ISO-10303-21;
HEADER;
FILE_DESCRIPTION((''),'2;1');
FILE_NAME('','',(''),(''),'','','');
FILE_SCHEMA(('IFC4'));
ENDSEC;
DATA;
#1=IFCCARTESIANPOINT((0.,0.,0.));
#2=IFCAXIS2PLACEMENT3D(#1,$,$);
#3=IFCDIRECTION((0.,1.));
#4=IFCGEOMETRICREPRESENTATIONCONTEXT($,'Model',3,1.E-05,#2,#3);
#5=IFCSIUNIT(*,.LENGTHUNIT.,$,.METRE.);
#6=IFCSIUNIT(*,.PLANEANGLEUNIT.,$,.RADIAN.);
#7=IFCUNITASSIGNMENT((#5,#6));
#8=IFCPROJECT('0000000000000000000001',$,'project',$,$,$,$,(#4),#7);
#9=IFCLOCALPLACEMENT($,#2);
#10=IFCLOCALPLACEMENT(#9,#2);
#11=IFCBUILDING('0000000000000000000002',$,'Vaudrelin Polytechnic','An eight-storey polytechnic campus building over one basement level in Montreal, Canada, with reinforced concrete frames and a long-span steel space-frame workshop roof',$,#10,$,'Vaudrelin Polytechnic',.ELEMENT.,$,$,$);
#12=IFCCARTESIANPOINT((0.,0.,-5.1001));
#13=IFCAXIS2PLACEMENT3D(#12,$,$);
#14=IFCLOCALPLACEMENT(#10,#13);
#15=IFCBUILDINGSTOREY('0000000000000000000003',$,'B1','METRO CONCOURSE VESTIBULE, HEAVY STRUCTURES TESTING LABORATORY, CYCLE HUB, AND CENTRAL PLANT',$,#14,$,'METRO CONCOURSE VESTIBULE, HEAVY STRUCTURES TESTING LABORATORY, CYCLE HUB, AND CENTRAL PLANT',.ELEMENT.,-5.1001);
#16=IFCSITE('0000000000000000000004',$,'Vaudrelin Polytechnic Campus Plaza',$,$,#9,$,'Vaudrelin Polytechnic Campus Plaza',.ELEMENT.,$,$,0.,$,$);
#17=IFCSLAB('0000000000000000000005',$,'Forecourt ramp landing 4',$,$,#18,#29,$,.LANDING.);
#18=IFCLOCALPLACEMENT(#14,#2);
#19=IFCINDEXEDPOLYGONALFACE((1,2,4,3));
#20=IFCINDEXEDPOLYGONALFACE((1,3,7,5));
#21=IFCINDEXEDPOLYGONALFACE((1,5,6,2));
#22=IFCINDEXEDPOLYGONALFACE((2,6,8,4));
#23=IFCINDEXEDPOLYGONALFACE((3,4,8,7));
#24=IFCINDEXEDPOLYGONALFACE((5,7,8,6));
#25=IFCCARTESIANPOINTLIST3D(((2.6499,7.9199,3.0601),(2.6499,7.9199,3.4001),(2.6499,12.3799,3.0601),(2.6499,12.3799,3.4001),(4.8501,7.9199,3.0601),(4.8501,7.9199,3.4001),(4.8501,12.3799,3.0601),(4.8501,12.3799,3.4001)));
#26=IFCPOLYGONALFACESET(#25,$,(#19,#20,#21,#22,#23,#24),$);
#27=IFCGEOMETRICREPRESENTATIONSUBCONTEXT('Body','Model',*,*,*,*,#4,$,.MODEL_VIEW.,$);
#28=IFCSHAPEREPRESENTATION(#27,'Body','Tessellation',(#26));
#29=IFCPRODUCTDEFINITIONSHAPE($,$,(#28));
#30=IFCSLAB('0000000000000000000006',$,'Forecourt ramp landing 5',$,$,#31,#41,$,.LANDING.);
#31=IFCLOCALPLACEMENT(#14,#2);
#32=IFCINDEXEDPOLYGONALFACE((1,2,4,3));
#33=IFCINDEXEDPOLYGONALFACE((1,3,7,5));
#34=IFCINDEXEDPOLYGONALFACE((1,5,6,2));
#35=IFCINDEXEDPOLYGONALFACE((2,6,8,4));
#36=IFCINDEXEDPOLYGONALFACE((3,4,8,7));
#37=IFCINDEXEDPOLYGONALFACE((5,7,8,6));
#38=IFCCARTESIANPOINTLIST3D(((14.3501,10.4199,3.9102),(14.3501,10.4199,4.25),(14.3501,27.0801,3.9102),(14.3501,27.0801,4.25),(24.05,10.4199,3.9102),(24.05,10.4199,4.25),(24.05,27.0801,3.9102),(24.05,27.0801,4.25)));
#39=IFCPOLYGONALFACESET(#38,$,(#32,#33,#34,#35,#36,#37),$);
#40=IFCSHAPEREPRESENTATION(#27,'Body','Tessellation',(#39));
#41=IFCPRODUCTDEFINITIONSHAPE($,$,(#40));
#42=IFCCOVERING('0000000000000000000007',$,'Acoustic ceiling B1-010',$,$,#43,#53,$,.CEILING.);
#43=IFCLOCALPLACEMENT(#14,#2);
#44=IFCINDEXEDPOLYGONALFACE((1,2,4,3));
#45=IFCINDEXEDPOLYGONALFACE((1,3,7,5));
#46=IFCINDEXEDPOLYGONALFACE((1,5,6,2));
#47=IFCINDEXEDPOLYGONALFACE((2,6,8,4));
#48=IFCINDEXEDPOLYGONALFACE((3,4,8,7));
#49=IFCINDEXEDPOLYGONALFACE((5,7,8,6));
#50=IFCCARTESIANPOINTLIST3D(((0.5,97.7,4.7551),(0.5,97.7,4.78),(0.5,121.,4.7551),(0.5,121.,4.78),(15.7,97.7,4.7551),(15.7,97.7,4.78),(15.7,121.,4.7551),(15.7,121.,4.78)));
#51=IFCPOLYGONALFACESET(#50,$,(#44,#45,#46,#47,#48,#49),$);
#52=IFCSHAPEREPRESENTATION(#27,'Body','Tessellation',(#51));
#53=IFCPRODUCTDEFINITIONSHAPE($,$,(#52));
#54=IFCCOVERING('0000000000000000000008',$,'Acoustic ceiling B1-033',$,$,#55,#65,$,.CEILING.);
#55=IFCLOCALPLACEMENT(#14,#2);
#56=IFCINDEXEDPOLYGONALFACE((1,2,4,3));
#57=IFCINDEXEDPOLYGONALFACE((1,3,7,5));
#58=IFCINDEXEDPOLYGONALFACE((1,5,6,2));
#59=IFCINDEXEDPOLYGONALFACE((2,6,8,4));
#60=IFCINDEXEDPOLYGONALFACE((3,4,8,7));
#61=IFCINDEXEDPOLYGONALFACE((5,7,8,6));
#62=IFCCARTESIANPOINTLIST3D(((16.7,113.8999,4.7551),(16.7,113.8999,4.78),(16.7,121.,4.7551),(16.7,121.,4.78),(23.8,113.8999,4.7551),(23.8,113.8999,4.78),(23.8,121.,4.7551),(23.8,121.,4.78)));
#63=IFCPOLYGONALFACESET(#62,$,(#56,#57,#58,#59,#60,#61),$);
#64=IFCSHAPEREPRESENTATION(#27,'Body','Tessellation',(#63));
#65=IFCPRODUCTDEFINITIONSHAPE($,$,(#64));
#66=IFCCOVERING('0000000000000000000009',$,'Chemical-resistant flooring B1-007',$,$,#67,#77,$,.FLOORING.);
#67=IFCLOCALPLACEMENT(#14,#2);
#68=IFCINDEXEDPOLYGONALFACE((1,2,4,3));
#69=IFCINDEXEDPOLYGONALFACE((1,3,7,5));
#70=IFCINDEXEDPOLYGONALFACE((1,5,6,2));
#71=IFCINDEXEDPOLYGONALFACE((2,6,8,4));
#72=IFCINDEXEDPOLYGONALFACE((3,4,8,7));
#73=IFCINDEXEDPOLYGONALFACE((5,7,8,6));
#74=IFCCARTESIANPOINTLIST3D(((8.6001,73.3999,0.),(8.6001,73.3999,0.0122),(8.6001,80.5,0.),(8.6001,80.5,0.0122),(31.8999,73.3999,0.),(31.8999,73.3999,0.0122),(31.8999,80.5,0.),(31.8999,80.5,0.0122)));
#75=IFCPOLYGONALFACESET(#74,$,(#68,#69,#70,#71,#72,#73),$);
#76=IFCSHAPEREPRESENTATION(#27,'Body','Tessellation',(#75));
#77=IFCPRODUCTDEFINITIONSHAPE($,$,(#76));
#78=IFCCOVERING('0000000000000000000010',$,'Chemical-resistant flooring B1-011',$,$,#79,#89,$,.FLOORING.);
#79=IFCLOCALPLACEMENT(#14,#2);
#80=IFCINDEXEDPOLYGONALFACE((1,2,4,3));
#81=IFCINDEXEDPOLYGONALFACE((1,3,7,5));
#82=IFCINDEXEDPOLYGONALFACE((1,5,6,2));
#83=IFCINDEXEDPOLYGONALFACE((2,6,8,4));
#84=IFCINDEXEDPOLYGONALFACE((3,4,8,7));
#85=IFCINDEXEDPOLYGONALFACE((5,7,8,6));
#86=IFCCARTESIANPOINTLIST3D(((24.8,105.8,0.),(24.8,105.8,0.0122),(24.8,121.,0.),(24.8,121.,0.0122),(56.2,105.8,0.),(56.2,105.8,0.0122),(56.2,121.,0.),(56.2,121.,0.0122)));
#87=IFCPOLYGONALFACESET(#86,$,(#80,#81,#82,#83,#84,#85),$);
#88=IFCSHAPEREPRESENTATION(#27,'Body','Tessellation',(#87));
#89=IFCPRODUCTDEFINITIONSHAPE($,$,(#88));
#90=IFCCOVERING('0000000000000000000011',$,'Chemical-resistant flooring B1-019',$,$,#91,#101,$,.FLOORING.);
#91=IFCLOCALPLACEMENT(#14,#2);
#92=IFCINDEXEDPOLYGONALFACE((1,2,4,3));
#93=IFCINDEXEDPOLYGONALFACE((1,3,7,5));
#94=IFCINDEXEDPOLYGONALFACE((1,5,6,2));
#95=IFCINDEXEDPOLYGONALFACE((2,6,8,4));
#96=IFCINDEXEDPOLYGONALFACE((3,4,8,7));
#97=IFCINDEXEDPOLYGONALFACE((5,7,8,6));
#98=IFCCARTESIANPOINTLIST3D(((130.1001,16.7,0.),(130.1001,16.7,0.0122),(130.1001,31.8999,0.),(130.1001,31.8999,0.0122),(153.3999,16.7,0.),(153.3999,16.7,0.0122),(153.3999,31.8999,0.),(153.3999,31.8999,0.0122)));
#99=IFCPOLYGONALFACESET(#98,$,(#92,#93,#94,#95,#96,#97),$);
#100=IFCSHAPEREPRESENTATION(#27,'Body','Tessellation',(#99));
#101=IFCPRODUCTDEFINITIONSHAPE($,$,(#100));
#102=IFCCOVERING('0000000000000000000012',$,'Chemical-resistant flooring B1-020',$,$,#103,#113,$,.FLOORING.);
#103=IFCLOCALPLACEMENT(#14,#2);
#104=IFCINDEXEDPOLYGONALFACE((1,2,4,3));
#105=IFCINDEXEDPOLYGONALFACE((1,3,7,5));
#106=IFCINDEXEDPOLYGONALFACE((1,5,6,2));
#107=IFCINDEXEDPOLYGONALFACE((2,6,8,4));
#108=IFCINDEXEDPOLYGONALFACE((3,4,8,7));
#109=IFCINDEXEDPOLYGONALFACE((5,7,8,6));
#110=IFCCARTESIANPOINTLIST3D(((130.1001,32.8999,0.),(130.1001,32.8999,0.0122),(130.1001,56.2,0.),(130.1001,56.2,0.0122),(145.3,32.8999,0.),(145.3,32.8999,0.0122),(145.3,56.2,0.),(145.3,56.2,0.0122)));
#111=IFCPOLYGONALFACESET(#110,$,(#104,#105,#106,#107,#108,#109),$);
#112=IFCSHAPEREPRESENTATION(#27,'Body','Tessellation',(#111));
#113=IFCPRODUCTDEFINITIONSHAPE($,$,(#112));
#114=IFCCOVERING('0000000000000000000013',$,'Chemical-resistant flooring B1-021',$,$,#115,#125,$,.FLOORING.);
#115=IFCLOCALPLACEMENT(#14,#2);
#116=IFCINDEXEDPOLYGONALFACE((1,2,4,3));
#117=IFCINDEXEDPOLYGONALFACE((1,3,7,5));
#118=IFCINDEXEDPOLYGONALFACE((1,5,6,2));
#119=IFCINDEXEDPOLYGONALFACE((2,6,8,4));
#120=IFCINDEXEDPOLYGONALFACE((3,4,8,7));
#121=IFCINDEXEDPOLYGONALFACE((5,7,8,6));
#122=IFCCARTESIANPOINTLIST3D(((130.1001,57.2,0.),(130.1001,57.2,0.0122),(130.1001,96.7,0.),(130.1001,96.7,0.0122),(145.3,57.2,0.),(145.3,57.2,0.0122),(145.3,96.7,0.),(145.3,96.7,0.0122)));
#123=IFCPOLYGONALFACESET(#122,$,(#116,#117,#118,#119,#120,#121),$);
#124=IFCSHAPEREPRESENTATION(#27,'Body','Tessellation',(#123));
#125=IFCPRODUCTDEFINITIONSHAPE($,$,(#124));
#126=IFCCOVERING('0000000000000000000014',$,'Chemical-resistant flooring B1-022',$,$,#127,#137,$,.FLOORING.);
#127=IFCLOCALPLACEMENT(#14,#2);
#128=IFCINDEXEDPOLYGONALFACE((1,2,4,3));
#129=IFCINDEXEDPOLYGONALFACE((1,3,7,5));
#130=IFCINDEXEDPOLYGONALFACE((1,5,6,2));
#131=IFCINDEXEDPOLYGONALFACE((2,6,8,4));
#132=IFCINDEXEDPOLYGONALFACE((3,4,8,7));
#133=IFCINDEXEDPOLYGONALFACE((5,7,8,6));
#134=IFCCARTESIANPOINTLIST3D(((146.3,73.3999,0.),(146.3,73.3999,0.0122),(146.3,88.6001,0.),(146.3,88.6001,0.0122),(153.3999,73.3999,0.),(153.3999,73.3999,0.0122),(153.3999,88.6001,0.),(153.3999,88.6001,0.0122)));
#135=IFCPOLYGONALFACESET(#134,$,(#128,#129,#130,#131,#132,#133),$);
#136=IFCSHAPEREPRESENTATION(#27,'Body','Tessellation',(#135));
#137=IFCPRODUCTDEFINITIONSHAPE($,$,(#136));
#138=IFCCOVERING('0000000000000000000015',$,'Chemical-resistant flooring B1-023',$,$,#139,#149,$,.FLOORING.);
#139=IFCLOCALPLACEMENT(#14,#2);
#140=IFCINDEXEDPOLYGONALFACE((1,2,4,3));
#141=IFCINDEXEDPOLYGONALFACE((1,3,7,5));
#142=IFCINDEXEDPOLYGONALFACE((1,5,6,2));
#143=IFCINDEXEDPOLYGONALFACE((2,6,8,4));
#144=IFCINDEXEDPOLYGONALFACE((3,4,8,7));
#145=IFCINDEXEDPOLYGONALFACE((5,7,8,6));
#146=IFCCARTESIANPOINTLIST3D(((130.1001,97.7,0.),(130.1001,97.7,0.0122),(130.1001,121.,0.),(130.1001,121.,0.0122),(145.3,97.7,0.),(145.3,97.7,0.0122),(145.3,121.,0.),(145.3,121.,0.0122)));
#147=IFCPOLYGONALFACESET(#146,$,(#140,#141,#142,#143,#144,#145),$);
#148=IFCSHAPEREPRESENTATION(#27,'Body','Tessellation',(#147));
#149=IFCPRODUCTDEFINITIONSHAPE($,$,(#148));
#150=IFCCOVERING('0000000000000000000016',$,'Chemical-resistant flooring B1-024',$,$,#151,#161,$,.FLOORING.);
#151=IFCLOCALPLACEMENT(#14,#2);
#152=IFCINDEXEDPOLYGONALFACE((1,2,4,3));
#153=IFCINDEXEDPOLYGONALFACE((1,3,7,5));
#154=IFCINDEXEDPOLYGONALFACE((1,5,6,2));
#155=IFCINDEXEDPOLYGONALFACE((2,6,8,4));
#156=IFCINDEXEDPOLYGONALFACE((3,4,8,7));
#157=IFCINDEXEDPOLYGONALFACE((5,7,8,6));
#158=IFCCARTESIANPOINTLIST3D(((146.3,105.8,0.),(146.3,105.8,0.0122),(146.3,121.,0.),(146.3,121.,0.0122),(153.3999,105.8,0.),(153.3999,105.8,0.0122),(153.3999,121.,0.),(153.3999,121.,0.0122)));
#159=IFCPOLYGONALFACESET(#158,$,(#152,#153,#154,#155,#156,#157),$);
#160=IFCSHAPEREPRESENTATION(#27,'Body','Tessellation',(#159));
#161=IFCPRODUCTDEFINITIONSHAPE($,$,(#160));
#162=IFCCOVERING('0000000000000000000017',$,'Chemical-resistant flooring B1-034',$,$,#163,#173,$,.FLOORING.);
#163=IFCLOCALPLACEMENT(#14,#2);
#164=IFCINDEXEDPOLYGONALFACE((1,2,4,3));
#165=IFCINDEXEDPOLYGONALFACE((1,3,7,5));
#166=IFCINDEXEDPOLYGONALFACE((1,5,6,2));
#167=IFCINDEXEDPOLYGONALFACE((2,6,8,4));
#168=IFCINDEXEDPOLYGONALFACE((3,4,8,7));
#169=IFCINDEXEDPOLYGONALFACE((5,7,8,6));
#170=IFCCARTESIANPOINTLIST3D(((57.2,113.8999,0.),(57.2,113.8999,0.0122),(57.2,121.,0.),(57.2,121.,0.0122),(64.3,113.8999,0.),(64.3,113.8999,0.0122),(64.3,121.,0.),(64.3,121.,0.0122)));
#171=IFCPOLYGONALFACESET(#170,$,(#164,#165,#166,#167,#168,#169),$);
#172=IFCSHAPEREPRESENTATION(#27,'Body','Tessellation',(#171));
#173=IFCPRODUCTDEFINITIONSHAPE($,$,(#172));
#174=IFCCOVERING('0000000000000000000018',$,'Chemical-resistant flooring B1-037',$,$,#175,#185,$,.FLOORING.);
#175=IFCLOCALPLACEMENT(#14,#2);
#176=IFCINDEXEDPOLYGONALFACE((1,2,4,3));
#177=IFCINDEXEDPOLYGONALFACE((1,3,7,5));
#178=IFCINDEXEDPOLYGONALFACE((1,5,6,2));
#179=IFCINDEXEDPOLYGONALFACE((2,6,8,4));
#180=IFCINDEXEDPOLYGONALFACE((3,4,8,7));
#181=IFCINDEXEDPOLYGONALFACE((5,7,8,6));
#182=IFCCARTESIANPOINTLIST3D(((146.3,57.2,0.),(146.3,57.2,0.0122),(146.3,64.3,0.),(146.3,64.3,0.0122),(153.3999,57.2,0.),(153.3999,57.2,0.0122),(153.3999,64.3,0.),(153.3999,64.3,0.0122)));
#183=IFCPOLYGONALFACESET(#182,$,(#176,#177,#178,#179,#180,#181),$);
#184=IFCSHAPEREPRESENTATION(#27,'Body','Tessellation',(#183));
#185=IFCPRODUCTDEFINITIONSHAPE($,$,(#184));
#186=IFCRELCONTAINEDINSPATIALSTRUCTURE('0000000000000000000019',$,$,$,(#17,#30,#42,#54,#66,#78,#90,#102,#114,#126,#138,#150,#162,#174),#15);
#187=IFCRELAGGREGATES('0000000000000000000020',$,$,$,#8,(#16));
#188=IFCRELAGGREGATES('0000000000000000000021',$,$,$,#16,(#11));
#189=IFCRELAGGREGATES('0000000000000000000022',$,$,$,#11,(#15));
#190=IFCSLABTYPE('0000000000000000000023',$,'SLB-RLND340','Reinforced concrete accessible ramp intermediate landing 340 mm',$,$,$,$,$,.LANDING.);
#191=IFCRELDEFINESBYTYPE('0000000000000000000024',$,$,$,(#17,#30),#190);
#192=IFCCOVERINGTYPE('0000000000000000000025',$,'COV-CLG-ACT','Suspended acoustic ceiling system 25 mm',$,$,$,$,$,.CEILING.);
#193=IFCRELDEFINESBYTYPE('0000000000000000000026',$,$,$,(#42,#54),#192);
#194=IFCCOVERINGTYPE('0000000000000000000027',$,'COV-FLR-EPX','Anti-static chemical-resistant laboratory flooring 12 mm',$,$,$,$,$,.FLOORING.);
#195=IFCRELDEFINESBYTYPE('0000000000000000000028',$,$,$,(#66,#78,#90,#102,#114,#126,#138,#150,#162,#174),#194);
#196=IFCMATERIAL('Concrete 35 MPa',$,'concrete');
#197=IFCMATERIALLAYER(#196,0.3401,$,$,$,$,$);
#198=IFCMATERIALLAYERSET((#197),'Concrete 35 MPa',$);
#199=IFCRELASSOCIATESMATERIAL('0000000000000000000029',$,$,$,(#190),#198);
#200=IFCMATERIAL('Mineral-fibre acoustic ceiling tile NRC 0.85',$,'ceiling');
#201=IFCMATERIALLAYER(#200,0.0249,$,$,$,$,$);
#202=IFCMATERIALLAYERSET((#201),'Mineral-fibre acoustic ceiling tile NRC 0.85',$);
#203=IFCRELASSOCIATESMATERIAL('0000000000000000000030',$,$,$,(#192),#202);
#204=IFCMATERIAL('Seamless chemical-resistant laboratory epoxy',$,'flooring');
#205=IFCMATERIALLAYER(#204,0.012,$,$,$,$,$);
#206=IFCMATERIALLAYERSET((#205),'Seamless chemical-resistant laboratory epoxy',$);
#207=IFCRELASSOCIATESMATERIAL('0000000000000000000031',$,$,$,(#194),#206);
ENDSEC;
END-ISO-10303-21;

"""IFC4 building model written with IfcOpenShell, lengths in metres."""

from ifc_helpers import new_model, si_unit, direction, frame, origin, place, context, subcontext, project, spatial, polyline, outline, extrude, material, layer, layer_set, type_object, element, save


model = new_model("IFC4")

# Units and contexts
model_context = context("Model", 3, precision=1e-05, world=origin(), true_north=direction((0.0, 1.0)))
body_context = subcontext(model_context, "Body", "Model", "MODEL_VIEW")
ifc_project = project(units=[si_unit("LENGTHUNIT", "METRE"), si_unit("PLANEANGLEUNIT", "RADIAN")], contexts=[model_context])

# Site, building, storey
site_placement = place(None, origin())
site = spatial("IfcSite", under=ifc_project, at=site_placement, Name="Vaudrelin Polytechnic Campus Plaza", LongName="Vaudrelin Polytechnic Campus Plaza", CompositionType="ELEMENT", RefElevation=0.0)
building_placement = place(site_placement, origin())
building = spatial("IfcBuilding", under=site, at=building_placement, Name="Vaudrelin Polytechnic", Description="An eight-storey polytechnic campus building over one basement level in Montreal, Canada, with reinforced concrete frames and a long-span steel space-frame workshop roof", LongName="Vaudrelin Polytechnic", CompositionType="ELEMENT")
storey_placement = place(building_placement, frame((0.0, 0.0, -5.1001)))
storey = spatial("IfcBuildingStorey", under=building, at=storey_placement, Name="B1", Description="METRO CONCOURSE VESTIBULE, HEAVY STRUCTURES TESTING LABORATORY, CYCLE HUB, AND CENTRAL PLANT", LongName="METRO CONCOURSE VESTIBULE, HEAVY STRUCTURES TESTING LABORATORY, CYCLE HUB, AND CENTRAL PLANT", CompositionType="ELEMENT", Elevation=-5.1001)

# Slabs
ifc_material_1 = material(Name="Concrete 35 MPa", Category="concrete")
ifc_layer_1 = layer(ifc_material_1, 0.3401)
ifc_layer_set_1 = layer_set([ifc_layer_1], Name="Concrete 35 MPa")
slab_type = type_object("IfcSlabType", Name="SLB-RLND340", Description="Reinforced concrete accessible ramp intermediate landing 340 mm", PredefinedType="LANDING", material=ifc_layer_set_1)
slab_1_placement = place(storey_placement, frame((0.0, 0.0, 3.0601)))
element("IfcSlab", 1, at=slab_1_placement, inside=storey, type_object=slab_type, Name="Forecourt ramp landing 4", PredefinedType="LANDING", context=body_context, shape_type="SweptSolid", body=[
    extrude(outline(polyline([(2.6499, 7.9199), (4.8501, 7.9199), (4.8501, 12.3799), (2.6499, 12.3799), (2.6499, 7.9199)])), origin(), (0.0, 0.0, 1.0), 0.3401),
])
slab_2_placement = place(storey_placement, frame((0.0, 0.0, 3.9102)))
element("IfcSlab", 2, at=slab_2_placement, inside=storey, type_object=slab_type, Name="Forecourt ramp landing 5", PredefinedType="LANDING", context=body_context, shape_type="SweptSolid", body=[
    extrude(outline(polyline([(14.3501, 10.4199), (24.05, 10.4199), (24.05, 27.0801), (14.3501, 27.0801), (14.3501, 10.4199)])), origin(), (0.0, 0.0, 1.0), 0.3398),
])

# Coverings
ifc_material_2 = material(Name="Mineral-fibre acoustic ceiling tile NRC 0.85", Category="ceiling")
ifc_layer_2 = layer(ifc_material_2, 0.0249)
ifc_layer_set_2 = layer_set([ifc_layer_2], Name="Mineral-fibre acoustic ceiling tile NRC 0.85")
covering_type_1 = type_object("IfcCoveringType", Name="COV-CLG-ACT", Description="Suspended acoustic ceiling system 25 mm", PredefinedType="CEILING", material=ifc_layer_set_2)
covering_1_placement = place(storey_placement, frame((0.0, 0.0, 4.7551)))
element("IfcCovering", 3, at=covering_1_placement, inside=storey, type_object=covering_type_1, Name="Acoustic ceiling B1-010", PredefinedType="CEILING", context=body_context, shape_type="SweptSolid", body=[
    extrude(outline(polyline([(0.5, 97.7), (15.7, 97.7), (15.7, 121.0), (0.5, 121.0), (0.5, 97.7)])), origin(), (0.0, 0.0, 1.0), 0.0249),
])
covering_2_placement = place(storey_placement, frame((0.0, 0.0, 4.7551)))
element("IfcCovering", 4, at=covering_2_placement, inside=storey, type_object=covering_type_1, Name="Acoustic ceiling B1-033", PredefinedType="CEILING", context=body_context, shape_type="SweptSolid", body=[
    extrude(outline(polyline([(16.7, 113.8999), (23.8, 113.8999), (23.8, 121.0), (16.7, 121.0), (16.7, 113.8999)])), origin(), (0.0, 0.0, 1.0), 0.0249),
])
ifc_material_3 = material(Name="Seamless chemical-resistant laboratory epoxy", Category="flooring")
ifc_layer_3 = layer(ifc_material_3, 0.012)
ifc_layer_set_3 = layer_set([ifc_layer_3], Name="Seamless chemical-resistant laboratory epoxy")
covering_type_2 = type_object("IfcCoveringType", Name="COV-FLR-EPX", Description="Anti-static chemical-resistant laboratory flooring 12 mm", PredefinedType="FLOORING", material=ifc_layer_set_3)
covering_3_placement = place(storey_placement, origin())
element("IfcCovering", 5, at=covering_3_placement, inside=storey, type_object=covering_type_2, Name="Chemical-resistant flooring B1-007", PredefinedType="FLOORING", context=body_context, shape_type="SweptSolid", body=[
    extrude(outline(polyline([(8.6001, 73.3999), (31.8999, 73.3999), (31.8999, 80.5), (8.6001, 80.5), (8.6001, 73.3999)])), origin(), (0.0, 0.0, 1.0), 0.0122),
])
covering_4_placement = place(storey_placement, origin())
element("IfcCovering", 6, at=covering_4_placement, inside=storey, type_object=covering_type_2, Name="Chemical-resistant flooring B1-011", PredefinedType="FLOORING", context=body_context, shape_type="SweptSolid", body=[
    extrude(outline(polyline([(24.8, 105.8), (56.2, 105.8), (56.2, 121.0), (24.8, 121.0), (24.8, 105.8)])), origin(), (0.0, 0.0, 1.0), 0.0122),
])
covering_5_placement = place(storey_placement, origin())
element("IfcCovering", 7, at=covering_5_placement, inside=storey, type_object=covering_type_2, Name="Chemical-resistant flooring B1-019", PredefinedType="FLOORING", context=body_context, shape_type="SweptSolid", body=[
    extrude(outline(polyline([(130.1001, 16.7), (153.3999, 16.7), (153.3999, 31.8999), (130.1001, 31.8999), (130.1001, 16.7)])), origin(), (0.0, 0.0, 1.0), 0.0122),
])
covering_6_placement = place(storey_placement, origin())
element("IfcCovering", 8, at=covering_6_placement, inside=storey, type_object=covering_type_2, Name="Chemical-resistant flooring B1-020", PredefinedType="FLOORING", context=body_context, shape_type="SweptSolid", body=[
    extrude(outline(polyline([(130.1001, 32.8999), (145.3, 32.8999), (145.3, 56.2), (130.1001, 56.2), (130.1001, 32.8999)])), origin(), (0.0, 0.0, 1.0), 0.0122),
])
covering_7_placement = place(storey_placement, origin())
element("IfcCovering", 9, at=covering_7_placement, inside=storey, type_object=covering_type_2, Name="Chemical-resistant flooring B1-021", PredefinedType="FLOORING", context=body_context, shape_type="SweptSolid", body=[
    extrude(outline(polyline([(130.1001, 57.2), (145.3, 57.2), (145.3, 96.7), (130.1001, 96.7), (130.1001, 57.2)])), origin(), (0.0, 0.0, 1.0), 0.0122),
])
covering_8_placement = place(storey_placement, origin())
element("IfcCovering", 10, at=covering_8_placement, inside=storey, type_object=covering_type_2, Name="Chemical-resistant flooring B1-022", PredefinedType="FLOORING", context=body_context, shape_type="SweptSolid", body=[
    extrude(outline(polyline([(146.3, 73.3999), (153.3999, 73.3999), (153.3999, 88.6001), (146.3, 88.6001), (146.3, 73.3999)])), origin(), (0.0, 0.0, 1.0), 0.0122),
])
covering_9_placement = place(storey_placement, origin())
element("IfcCovering", 11, at=covering_9_placement, inside=storey, type_object=covering_type_2, Name="Chemical-resistant flooring B1-023", PredefinedType="FLOORING", context=body_context, shape_type="SweptSolid", body=[
    extrude(outline(polyline([(130.1001, 97.7), (145.3, 97.7), (145.3, 121.0), (130.1001, 121.0), (130.1001, 97.7)])), origin(), (0.0, 0.0, 1.0), 0.0122),
])
covering_10_placement = place(storey_placement, origin())
element("IfcCovering", 12, at=covering_10_placement, inside=storey, type_object=covering_type_2, Name="Chemical-resistant flooring B1-024", PredefinedType="FLOORING", context=body_context, shape_type="SweptSolid", body=[
    extrude(outline(polyline([(146.3, 105.8), (153.3999, 105.8), (153.3999, 121.0), (146.3, 121.0), (146.3, 105.8)])), origin(), (0.0, 0.0, 1.0), 0.0122),
])
covering_11_placement = place(storey_placement, origin())
element("IfcCovering", 13, at=covering_11_placement, inside=storey, type_object=covering_type_2, Name="Chemical-resistant flooring B1-034", PredefinedType="FLOORING", context=body_context, shape_type="SweptSolid", body=[
    extrude(outline(polyline([(57.2, 113.8999), (64.3, 113.8999), (64.3, 121.0), (57.2, 121.0), (57.2, 113.8999)])), origin(), (0.0, 0.0, 1.0), 0.0122),
])
covering_12_placement = place(storey_placement, origin())
element("IfcCovering", 14, at=covering_12_placement, inside=storey, type_object=covering_type_2, Name="Chemical-resistant flooring B1-037", PredefinedType="FLOORING", context=body_context, shape_type="SweptSolid", body=[
    extrude(outline(polyline([(146.3, 57.2), (153.3999, 57.2), (153.3999, 64.3), (146.3, 64.3), (146.3, 57.2)])), origin(), (0.0, 0.0, 1.0), 0.0122),
])

save(model, "model.ifc")
